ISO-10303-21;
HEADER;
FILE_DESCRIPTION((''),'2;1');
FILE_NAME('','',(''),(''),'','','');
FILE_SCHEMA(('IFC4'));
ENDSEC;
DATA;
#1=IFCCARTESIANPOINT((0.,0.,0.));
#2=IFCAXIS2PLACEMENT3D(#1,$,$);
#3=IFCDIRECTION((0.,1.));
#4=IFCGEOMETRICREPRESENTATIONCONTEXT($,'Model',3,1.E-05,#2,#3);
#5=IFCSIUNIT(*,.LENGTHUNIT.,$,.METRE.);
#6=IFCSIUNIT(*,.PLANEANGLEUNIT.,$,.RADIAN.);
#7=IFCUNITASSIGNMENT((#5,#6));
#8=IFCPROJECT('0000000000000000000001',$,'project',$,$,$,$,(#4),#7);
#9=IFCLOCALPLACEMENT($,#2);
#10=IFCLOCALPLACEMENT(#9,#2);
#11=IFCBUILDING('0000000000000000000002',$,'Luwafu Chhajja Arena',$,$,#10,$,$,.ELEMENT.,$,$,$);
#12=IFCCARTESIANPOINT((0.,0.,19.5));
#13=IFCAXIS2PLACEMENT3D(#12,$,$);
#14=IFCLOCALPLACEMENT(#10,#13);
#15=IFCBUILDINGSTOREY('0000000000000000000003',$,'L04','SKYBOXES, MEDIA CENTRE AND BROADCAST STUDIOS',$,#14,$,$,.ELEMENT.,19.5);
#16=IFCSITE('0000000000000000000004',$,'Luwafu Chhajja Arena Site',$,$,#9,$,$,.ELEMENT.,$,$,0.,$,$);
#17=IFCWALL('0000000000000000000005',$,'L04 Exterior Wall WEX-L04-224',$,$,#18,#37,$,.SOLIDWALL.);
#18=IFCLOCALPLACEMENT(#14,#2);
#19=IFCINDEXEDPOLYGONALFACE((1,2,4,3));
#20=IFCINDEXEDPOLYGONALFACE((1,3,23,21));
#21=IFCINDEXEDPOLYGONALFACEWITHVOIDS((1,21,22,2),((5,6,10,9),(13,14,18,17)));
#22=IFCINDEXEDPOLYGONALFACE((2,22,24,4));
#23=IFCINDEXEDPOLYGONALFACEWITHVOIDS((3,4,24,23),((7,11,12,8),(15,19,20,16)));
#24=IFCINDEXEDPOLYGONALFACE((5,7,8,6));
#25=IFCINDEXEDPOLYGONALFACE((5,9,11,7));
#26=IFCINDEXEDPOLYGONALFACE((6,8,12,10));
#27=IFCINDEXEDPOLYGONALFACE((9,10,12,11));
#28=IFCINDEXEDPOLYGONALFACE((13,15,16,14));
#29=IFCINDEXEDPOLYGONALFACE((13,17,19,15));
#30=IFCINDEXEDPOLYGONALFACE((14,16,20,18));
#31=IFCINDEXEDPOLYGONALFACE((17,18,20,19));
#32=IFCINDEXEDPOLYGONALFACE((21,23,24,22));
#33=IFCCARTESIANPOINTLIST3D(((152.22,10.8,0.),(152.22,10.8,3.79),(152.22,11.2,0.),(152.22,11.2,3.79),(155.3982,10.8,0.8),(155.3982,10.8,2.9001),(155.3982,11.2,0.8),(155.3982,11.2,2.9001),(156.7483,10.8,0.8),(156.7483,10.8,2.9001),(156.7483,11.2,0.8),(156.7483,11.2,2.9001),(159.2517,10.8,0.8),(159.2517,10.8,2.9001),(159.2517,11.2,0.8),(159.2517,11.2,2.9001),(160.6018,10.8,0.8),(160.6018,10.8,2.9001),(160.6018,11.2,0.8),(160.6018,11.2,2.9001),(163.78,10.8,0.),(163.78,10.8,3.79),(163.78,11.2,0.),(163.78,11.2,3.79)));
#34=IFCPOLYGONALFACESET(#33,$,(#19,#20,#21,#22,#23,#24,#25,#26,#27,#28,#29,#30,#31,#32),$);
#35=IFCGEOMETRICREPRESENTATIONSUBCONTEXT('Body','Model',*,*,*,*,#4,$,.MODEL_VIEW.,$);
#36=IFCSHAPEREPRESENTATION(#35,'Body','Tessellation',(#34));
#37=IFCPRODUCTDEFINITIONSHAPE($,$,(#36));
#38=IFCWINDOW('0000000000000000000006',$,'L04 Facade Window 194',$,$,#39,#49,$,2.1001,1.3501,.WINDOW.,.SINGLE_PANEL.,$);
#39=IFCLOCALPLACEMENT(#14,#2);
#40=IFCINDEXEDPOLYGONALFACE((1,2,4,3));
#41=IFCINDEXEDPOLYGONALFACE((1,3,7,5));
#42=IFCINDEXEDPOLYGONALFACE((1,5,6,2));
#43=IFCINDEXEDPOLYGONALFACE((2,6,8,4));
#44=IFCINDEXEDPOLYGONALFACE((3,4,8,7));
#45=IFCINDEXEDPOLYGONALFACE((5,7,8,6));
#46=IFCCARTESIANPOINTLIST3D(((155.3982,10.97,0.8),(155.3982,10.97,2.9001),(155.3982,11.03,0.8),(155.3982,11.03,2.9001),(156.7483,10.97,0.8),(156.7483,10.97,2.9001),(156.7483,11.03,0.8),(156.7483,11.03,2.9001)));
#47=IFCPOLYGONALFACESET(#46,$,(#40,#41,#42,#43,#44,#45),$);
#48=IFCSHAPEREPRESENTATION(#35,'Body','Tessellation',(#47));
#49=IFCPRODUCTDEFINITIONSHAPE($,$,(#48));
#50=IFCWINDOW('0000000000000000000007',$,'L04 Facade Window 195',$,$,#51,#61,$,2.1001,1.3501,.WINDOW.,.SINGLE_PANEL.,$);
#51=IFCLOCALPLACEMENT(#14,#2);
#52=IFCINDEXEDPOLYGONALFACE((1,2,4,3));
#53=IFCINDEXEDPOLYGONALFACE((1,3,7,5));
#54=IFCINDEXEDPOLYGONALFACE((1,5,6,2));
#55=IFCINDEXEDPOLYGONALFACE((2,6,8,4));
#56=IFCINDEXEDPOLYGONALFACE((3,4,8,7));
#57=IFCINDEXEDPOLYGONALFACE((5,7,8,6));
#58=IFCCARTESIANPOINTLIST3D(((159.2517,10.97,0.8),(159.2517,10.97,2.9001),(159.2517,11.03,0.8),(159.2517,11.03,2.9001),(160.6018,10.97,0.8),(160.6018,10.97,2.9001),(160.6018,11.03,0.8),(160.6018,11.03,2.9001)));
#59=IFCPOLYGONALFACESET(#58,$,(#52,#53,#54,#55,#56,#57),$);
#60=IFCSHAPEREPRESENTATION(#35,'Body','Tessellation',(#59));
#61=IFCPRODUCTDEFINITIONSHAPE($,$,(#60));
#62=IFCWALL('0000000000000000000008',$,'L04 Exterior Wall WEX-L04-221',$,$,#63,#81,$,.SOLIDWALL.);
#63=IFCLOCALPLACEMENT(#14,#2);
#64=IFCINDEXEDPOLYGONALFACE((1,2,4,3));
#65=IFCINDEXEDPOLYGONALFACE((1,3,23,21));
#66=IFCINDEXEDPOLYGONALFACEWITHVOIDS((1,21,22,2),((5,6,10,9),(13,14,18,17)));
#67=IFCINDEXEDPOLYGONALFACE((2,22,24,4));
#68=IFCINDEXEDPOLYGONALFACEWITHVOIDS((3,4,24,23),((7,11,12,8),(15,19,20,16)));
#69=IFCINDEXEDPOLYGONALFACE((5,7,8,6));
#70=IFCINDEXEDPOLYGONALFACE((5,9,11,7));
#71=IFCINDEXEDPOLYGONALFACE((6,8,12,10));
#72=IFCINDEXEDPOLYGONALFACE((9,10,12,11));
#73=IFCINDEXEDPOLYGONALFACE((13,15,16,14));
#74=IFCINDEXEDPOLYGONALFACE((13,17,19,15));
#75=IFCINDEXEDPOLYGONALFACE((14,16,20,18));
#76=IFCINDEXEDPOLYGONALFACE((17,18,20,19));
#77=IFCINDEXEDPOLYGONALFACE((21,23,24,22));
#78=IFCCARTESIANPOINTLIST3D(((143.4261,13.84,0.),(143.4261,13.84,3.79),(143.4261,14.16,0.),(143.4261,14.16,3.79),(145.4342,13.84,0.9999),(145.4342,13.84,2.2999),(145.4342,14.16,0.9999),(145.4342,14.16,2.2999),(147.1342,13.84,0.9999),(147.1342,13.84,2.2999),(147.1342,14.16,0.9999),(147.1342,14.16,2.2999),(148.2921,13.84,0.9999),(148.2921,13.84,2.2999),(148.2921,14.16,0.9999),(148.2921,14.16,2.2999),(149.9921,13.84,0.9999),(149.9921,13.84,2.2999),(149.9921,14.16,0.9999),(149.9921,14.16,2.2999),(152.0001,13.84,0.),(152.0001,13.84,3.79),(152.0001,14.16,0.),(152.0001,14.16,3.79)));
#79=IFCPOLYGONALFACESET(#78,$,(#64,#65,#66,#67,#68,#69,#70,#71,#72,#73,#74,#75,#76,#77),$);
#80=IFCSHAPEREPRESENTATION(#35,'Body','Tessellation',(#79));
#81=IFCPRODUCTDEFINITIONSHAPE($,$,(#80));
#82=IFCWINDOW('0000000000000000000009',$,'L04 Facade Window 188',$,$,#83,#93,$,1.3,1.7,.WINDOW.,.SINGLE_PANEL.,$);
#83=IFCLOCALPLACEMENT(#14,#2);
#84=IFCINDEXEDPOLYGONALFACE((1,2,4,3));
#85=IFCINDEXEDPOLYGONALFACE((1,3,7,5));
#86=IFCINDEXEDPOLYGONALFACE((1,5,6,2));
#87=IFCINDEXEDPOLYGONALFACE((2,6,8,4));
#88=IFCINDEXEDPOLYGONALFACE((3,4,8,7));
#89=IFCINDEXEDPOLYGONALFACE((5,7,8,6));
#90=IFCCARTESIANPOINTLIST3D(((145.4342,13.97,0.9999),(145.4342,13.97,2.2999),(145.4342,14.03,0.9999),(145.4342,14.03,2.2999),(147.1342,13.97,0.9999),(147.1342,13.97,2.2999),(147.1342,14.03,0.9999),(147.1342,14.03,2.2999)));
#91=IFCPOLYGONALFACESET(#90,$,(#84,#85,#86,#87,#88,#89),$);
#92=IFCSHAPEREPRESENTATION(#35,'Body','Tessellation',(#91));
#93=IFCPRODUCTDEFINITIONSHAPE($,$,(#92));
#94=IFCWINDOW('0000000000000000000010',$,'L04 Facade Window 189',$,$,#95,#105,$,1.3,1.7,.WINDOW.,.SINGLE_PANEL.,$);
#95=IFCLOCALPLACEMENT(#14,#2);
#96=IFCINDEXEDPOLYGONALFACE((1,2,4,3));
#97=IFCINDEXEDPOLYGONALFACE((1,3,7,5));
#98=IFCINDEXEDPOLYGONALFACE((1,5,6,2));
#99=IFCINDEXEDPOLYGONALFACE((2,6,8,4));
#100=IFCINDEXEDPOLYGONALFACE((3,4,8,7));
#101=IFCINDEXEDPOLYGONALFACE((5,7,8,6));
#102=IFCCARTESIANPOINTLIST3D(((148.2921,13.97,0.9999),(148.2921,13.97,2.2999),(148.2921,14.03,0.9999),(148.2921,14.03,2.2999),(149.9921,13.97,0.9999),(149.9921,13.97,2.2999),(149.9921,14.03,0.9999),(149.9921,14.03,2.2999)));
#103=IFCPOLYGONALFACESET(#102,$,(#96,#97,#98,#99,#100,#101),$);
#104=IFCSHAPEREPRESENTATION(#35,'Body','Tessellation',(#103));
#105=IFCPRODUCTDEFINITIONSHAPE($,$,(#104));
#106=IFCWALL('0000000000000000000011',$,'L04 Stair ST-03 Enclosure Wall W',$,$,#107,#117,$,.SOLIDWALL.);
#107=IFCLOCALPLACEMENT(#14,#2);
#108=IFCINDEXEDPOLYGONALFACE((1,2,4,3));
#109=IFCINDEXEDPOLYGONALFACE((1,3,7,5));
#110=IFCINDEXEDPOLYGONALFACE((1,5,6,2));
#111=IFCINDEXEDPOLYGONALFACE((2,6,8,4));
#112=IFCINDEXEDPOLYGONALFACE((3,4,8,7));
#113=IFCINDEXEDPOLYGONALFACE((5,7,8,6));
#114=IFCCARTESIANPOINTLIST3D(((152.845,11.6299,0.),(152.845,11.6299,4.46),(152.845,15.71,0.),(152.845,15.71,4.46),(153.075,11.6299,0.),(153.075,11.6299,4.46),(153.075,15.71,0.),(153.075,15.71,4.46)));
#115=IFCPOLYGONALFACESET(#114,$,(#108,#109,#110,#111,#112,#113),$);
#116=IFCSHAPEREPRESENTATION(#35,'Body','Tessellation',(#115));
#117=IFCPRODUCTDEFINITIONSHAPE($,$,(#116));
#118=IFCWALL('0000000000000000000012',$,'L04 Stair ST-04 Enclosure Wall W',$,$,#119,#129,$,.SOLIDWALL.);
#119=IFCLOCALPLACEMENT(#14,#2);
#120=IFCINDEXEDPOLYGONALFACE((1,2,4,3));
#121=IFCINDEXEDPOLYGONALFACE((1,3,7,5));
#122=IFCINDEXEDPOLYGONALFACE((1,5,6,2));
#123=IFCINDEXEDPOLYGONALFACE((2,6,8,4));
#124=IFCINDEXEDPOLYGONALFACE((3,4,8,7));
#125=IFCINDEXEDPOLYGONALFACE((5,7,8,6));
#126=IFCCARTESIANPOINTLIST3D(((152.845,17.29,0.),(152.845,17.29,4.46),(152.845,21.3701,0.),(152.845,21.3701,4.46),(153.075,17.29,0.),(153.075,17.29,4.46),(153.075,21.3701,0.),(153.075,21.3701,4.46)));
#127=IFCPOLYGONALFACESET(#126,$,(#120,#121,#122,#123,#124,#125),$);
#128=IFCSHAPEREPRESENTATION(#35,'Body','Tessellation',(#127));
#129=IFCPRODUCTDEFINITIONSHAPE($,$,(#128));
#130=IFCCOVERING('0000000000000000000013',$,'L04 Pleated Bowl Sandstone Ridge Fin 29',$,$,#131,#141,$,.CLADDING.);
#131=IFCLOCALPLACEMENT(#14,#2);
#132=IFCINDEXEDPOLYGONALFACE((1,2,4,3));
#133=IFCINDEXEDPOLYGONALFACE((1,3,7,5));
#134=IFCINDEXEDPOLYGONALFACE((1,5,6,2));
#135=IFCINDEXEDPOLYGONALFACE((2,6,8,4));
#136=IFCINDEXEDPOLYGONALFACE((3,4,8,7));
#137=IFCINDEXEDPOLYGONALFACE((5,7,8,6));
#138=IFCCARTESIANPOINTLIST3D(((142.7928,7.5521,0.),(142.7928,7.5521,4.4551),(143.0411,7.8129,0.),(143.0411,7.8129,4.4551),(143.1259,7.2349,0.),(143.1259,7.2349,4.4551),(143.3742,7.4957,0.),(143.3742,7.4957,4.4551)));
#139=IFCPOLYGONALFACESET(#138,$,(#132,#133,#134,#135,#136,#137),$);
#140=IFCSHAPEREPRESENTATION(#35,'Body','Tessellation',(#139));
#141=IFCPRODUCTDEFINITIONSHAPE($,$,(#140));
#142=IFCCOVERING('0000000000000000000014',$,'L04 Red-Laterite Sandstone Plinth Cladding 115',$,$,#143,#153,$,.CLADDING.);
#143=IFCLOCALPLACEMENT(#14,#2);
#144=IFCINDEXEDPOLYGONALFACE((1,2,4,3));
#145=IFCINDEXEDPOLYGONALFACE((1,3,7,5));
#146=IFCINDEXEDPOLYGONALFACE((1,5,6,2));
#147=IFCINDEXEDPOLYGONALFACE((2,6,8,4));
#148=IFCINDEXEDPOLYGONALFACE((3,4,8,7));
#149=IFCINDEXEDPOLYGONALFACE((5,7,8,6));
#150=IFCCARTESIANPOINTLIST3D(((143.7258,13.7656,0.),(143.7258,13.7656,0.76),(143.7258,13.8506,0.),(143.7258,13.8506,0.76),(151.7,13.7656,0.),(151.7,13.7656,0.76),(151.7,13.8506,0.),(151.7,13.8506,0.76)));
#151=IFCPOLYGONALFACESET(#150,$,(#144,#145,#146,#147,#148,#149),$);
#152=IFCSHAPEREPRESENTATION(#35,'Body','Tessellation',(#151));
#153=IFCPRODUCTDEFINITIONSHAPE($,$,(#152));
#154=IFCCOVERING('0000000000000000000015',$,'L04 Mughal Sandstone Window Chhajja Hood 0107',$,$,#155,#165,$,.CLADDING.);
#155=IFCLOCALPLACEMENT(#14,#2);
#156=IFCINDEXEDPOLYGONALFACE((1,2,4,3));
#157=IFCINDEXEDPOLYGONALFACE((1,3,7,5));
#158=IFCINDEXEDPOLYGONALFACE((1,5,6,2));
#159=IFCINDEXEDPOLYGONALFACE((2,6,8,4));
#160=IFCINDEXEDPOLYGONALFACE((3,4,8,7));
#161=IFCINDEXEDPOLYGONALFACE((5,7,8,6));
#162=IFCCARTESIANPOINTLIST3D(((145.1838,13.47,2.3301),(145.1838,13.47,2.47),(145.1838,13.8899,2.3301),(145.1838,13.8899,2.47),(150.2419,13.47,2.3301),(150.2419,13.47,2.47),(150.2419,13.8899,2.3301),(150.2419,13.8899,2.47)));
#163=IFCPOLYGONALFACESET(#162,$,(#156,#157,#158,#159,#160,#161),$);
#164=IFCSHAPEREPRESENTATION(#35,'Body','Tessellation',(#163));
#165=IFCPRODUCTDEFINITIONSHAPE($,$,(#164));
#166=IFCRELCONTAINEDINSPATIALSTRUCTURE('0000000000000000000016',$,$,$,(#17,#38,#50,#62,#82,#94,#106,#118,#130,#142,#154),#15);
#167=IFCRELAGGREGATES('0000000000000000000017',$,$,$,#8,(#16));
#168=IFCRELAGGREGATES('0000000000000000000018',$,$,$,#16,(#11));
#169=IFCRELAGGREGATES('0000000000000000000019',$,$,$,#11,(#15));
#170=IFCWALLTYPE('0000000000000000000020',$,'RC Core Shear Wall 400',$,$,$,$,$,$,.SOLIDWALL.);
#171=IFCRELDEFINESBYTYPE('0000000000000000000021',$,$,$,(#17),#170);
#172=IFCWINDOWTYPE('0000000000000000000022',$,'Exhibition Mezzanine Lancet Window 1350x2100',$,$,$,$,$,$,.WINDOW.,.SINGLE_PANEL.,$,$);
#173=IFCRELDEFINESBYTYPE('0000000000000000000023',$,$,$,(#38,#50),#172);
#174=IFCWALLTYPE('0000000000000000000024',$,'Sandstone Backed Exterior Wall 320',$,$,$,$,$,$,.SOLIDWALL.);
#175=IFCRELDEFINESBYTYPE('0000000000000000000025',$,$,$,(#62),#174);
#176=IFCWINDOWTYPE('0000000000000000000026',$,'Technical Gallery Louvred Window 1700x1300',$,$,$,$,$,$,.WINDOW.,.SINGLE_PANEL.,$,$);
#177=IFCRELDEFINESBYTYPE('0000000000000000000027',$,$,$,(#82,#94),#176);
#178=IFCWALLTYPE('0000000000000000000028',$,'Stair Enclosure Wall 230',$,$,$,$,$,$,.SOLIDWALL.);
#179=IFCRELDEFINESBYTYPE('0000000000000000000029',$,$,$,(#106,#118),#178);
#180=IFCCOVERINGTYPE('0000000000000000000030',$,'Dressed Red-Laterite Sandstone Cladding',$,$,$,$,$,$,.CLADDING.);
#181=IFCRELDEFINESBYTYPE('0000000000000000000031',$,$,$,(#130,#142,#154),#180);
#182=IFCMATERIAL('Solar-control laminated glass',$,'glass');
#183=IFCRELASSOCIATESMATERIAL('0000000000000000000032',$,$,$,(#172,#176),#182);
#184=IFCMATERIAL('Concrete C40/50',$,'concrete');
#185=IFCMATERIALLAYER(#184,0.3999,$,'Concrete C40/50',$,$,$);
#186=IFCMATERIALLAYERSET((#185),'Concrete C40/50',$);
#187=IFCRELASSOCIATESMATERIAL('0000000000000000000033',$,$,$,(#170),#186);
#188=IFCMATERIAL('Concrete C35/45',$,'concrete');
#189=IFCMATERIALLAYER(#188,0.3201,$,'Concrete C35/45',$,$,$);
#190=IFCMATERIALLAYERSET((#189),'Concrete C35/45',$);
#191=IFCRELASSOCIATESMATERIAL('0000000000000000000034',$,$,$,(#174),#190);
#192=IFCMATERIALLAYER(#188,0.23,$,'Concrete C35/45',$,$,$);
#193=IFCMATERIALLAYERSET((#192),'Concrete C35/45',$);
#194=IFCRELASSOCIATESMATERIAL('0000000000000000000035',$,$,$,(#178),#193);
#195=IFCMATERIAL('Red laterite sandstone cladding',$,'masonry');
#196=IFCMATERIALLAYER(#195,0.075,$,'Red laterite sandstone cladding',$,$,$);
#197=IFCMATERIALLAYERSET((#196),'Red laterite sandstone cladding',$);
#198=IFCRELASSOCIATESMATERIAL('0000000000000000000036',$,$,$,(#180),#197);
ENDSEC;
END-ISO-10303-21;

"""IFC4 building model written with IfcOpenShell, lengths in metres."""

from ifc_helpers import new_model, si_unit, direction, frame, frame_2d, origin, origin_2d, place, context, subcontext, project, spatial, rectangle, extrude, material, layer, layer_set, type_object, element, fill, save


model = new_model("IFC4")

# Units and contexts
model_context = context("Model", 3, precision=1e-05, world=origin(), true_north=direction((0.0, 1.0)))
body_context = subcontext(model_context, "Body", "Model", "MODEL_VIEW")
ifc_project = project(units=[si_unit("LENGTHUNIT", "METRE"), si_unit("PLANEANGLEUNIT", "RADIAN")], contexts=[model_context])

# Site, building, storey
site_placement = place(None, origin())
site = spatial("IfcSite", under=ifc_project, at=site_placement, Name="Luwafu Chhajja Arena Site", CompositionType="ELEMENT", RefElevation=0.0)
building_placement = place(site_placement, origin())
building = spatial("IfcBuilding", under=site, at=building_placement, Name="Luwafu Chhajja Arena", CompositionType="ELEMENT")
storey_placement = place(building_placement, frame((0.0, 0.0, 19.5)))
storey = spatial("IfcBuildingStorey", under=building, at=storey_placement, Name="L04", Description="SKYBOXES, MEDIA CENTRE AND BROADCAST STUDIOS", CompositionType="ELEMENT", Elevation=19.5)

# Shared definitions
ifc_material_1 = material(Name="Concrete C35/45", Category="concrete")

# Shared definitions
ifc_material_2 = material(Name="Solar-control laminated glass", Category="glass")
window_type_1 = type_object("IfcWindowType", Name="Exhibition Mezzanine Lancet Window 1350x2100", PartitioningType="SINGLE_PANEL", PredefinedType="WINDOW", material=ifc_material_2)

# Shared definitions
ifc_material_3 = material(Name="Concrete C40/50", Category="concrete")

# Walls, openings, windows
ifc_layer_1 = layer(ifc_material_3, 0.3999, Name="Concrete C40/50")
ifc_layer_set_1 = layer_set([ifc_layer_1], Name="Concrete C40/50")
wall_type_1 = type_object("IfcWallType", Name="RC Core Shear Wall 400", PredefinedType="SOLIDWALL", material=ifc_layer_set_1)
wall_1_placement = place(storey_placement, frame((152.22, 11.0, 0.0), z_axis=(0.0, 0.0, 1.0), x_axis=(1.0, 0.0, 0.0)))
wall_1 = element("IfcWall", 1, at=wall_1_placement, inside=storey, type_object=wall_type_1, Name="L04 Exterior Wall WEX-L04-224", PredefinedType="SOLIDWALL", context=body_context, shape_type="SweptSolid", body=[
    extrude(rectangle(XDim=11.5601, YDim=0.3999, at=frame_2d((5.78, 0.0))), origin(), (0.0, 0.0, 1.0), 3.79),
])
opening_1_placement = place(wall_1_placement, frame((3.1782, 0.0, 0.8)))
opening_1 = element("IfcOpeningElement", 2, at=opening_1_placement, cuts=wall_1, PredefinedType="OPENING", context=body_context, shape_type="SweptSolid", body=[
    extrude(rectangle(XDim=1.3501, YDim=2.1001, at=frame_2d((0.675, 1.05))), frame((0.0, 0.21, 0.0), z_axis=(0.0, -1.0, 0.0), x_axis=(1.0, 0.0, 0.0)), (0.0, 0.0, 1.0), 0.4199),
])
opening_2_placement = place(wall_1_placement, frame((7.0317, 0.0, 0.8)))
opening_2 = element("IfcOpeningElement", 3, at=opening_2_placement, cuts=wall_1, PredefinedType="OPENING", context=body_context, shape_type="SweptSolid", body=[
    extrude(rectangle(XDim=1.3501, YDim=2.1001, at=frame_2d((0.675, 1.05))), frame((0.0, 0.21, 0.0), z_axis=(0.0, -1.0, 0.0), x_axis=(1.0, 0.0, 0.0)), (0.0, 0.0, 1.0), 0.4199),
])
window_1_placement = place(opening_1_placement, origin())
window_1 = element("IfcWindow", 4, at=window_1_placement, inside=storey, type_object=window_type_1, Name="L04 Facade Window 194", OverallHeight=2.1001, OverallWidth=1.3501, PartitioningType="SINGLE_PANEL", PredefinedType="WINDOW", context=body_context, shape_type="SweptSolid", body=[
    extrude(rectangle(XDim=1.3501, YDim=2.1001, at=frame_2d((0.675, 1.05))), frame((0.0, 0.03, 0.0), z_axis=(0.0, -1.0, 0.0), x_axis=(1.0, 0.0, 0.0)), (0.0, 0.0, 1.0), 0.0601),
])
fill(opening_1, window_1)
window_2_placement = place(opening_2_placement, origin())
window_2 = element("IfcWindow", 5, at=window_2_placement, inside=storey, type_object=window_type_1, Name="L04 Facade Window 195", OverallHeight=2.1001, OverallWidth=1.3501, PartitioningType="SINGLE_PANEL", PredefinedType="WINDOW", context=body_context, shape_type="SweptSolid", body=[
    extrude(rectangle(XDim=1.3501, YDim=2.1001, at=frame_2d((0.675, 1.05))), frame((0.0, 0.03, 0.0), z_axis=(0.0, -1.0, 0.0), x_axis=(1.0, 0.0, 0.0)), (0.0, 0.0, 1.0), 0.0601),
])
fill(opening_2, window_2)
ifc_layer_2 = layer(ifc_material_1, 0.3201, Name="Concrete C35/45")
ifc_layer_set_2 = layer_set([ifc_layer_2], Name="Concrete C35/45")
wall_type_2 = type_object("IfcWallType", Name="Sandstone Backed Exterior Wall 320", PredefinedType="SOLIDWALL", material=ifc_layer_set_2)
wall_2_placement = place(storey_placement, frame((143.426, 14.0, 0.0), z_axis=(0.0, 0.0, 1.0), x_axis=(1.0, 0.0, 0.0)))
wall_2 = element("IfcWall", 6, at=wall_2_placement, inside=storey, type_object=wall_type_2, Name="L04 Exterior Wall WEX-L04-221", PredefinedType="SOLIDWALL", context=body_context, shape_type="SweptSolid", body=[
    extrude(rectangle(XDim=8.574, YDim=0.3201, at=frame_2d((4.2871, 0.0))), origin(), (0.0, 0.0, 1.0), 3.79),
])
opening_3_placement = place(wall_2_placement, frame((2.0081, 0.0, 1.0)))
opening_3 = element("IfcOpeningElement", 7, at=opening_3_placement, cuts=wall_2, PredefinedType="OPENING", context=body_context, shape_type="SweptSolid", body=[
    extrude(rectangle(XDim=1.7, YDim=1.3, at=frame_2d((0.8501, 0.6499))), frame((0.0, 0.1699, 0.0), z_axis=(0.0, -1.0, 0.0), x_axis=(1.0, 0.0, 0.0)), (0.0, 0.0, 1.0), 0.3401),
])
opening_4_placement = place(wall_2_placement, frame((4.866, 0.0, 1.0)))
opening_4 = element("IfcOpeningElement", 8, at=opening_4_placement, cuts=wall_2, PredefinedType="OPENING", context=body_context, shape_type="SweptSolid", body=[
    extrude(rectangle(XDim=1.7, YDim=1.3, at=frame_2d((0.8501, 0.6499))), frame((0.0, 0.1699, 0.0), z_axis=(0.0, -1.0, 0.0), x_axis=(1.0, 0.0, 0.0)), (0.0, 0.0, 1.0), 0.3401),
])
window_type_2 = type_object("IfcWindowType", Name="Technical Gallery Louvred Window 1700x1300", PartitioningType="SINGLE_PANEL", PredefinedType="WINDOW", material=ifc_material_2)
window_3_placement = place(opening_3_placement, origin())
window_3 = element("IfcWindow", 9, at=window_3_placement, inside=storey, type_object=window_type_2, Name="L04 Facade Window 188", OverallHeight=1.3, OverallWidth=1.7, PartitioningType="SINGLE_PANEL", PredefinedType="WINDOW", context=body_context, shape_type="SweptSolid", body=[
    extrude(rectangle(XDim=1.7, YDim=1.3, at=frame_2d((0.8501, 0.6499))), frame((0.0, 0.03, 0.0), z_axis=(0.0, -1.0, 0.0), x_axis=(1.0, 0.0, 0.0)), (0.0, 0.0, 1.0), 0.0601),
])
fill(opening_3, window_3)
window_4_placement = place(opening_4_placement, origin())
window_4 = element("IfcWindow", 10, at=window_4_placement, inside=storey, type_object=window_type_2, Name="L04 Facade Window 189", OverallHeight=1.3, OverallWidth=1.7, PartitioningType="SINGLE_PANEL", PredefinedType="WINDOW", context=body_context, shape_type="SweptSolid", body=[
    extrude(rectangle(XDim=1.7, YDim=1.3, at=frame_2d((0.8501, 0.6499))), frame((0.0, 0.03, 0.0), z_axis=(0.0, -1.0, 0.0), x_axis=(1.0, 0.0, 0.0)), (0.0, 0.0, 1.0), 0.0601),
])
fill(opening_4, window_4)

# Walls
ifc_layer_3 = layer(ifc_material_1, 0.23, Name="Concrete C35/45")
ifc_layer_set_3 = layer_set([ifc_layer_3], Name="Concrete C35/45")
wall_type_3 = type_object("IfcWallType", Name="Stair Enclosure Wall 230", PredefinedType="SOLIDWALL", material=ifc_layer_set_3)
for number, where, z_axis, x_axis, name in (
    (11, (152.96, 11.6299, 0.0), (0.0, 0.0, 1.0), (0.0, 1.0, 0.0), "L04 Stair ST-03 Enclosure Wall W"),
    (12, (152.96, 17.29, 0.0), (0.0, 0.0, 1.0), (0.0, 1.0, 0.0), "L04 Stair ST-04 Enclosure Wall W"),
):
    element("IfcWall", number, at=place(storey_placement, frame(where, z_axis=z_axis, x_axis=x_axis)), inside=storey, type_object=wall_type_3, Name=name, PredefinedType="SOLIDWALL", context=body_context, shape_type="SweptSolid", body=[
        extrude(rectangle(XDim=4.0801, YDim=0.23, at=frame_2d((2.04, 0.0))), origin(), (0.0, 0.0, 1.0), 4.46),
    ])

# Coverings
ifc_material_4 = material(Name="Red laterite sandstone cladding", Category="masonry")
ifc_layer_4 = layer(ifc_material_4, 0.075, Name="Red laterite sandstone cladding")
ifc_layer_set_4 = layer_set([ifc_layer_4], Name="Red laterite sandstone cladding")
covering_type = type_object("IfcCoveringType", Name="Dressed Red-Laterite Sandstone Cladding", PredefinedType="CLADDING", material=ifc_layer_set_4)
covering_1_placement = place(storey_placement, frame((143.0835, 7.5239, 0.0), z_axis=(0.0, 0.0, 1.0), x_axis=(0.724207, -0.689583, 0.0)))
element("IfcCovering", 13, at=covering_1_placement, inside=storey, type_object=covering_type, Name="L04 Pleated Bowl Sandstone Ridge Fin 29", PredefinedType="CLADDING", context=body_context, shape_type="SweptSolid", body=[
    extrude(rectangle(XDim=0.46, YDim=0.3601, at=origin_2d()), origin(), (0.0, 0.0, 1.0), 4.4551),
])
covering_2_placement = place(storey_placement, frame((147.7129, 13.8081, 0.0), z_axis=(0.0, 0.0, 1.0), x_axis=(1.0, 0.0, 0.0)))
element("IfcCovering", 14, at=covering_2_placement, inside=storey, type_object=covering_type, Name="L04 Red-Laterite Sandstone Plinth Cladding 115", PredefinedType="CLADDING", context=body_context, shape_type="SweptSolid", body=[
    extrude(rectangle(XDim=7.9741, YDim=0.085, at=origin_2d()), origin(), (0.0, 0.0, 1.0), 0.76),
])
covering_3_placement = place(storey_placement, frame((147.7129, 13.6799, 2.3301), z_axis=(0.0, 0.0, 1.0), x_axis=(1.0, 0.0, 0.0)))
element("IfcCovering", 15, at=covering_3_placement, inside=storey, type_object=covering_type, Name="L04 Mughal Sandstone Window Chhajja Hood 0107", PredefinedType="CLADDING", context=body_context, shape_type="SweptSolid", body=[
    extrude(rectangle(XDim=5.0581, YDim=0.4199, at=origin_2d()), origin(), (0.0, 0.0, 1.0), 0.1399),
])

save(model, "model.ifc")
